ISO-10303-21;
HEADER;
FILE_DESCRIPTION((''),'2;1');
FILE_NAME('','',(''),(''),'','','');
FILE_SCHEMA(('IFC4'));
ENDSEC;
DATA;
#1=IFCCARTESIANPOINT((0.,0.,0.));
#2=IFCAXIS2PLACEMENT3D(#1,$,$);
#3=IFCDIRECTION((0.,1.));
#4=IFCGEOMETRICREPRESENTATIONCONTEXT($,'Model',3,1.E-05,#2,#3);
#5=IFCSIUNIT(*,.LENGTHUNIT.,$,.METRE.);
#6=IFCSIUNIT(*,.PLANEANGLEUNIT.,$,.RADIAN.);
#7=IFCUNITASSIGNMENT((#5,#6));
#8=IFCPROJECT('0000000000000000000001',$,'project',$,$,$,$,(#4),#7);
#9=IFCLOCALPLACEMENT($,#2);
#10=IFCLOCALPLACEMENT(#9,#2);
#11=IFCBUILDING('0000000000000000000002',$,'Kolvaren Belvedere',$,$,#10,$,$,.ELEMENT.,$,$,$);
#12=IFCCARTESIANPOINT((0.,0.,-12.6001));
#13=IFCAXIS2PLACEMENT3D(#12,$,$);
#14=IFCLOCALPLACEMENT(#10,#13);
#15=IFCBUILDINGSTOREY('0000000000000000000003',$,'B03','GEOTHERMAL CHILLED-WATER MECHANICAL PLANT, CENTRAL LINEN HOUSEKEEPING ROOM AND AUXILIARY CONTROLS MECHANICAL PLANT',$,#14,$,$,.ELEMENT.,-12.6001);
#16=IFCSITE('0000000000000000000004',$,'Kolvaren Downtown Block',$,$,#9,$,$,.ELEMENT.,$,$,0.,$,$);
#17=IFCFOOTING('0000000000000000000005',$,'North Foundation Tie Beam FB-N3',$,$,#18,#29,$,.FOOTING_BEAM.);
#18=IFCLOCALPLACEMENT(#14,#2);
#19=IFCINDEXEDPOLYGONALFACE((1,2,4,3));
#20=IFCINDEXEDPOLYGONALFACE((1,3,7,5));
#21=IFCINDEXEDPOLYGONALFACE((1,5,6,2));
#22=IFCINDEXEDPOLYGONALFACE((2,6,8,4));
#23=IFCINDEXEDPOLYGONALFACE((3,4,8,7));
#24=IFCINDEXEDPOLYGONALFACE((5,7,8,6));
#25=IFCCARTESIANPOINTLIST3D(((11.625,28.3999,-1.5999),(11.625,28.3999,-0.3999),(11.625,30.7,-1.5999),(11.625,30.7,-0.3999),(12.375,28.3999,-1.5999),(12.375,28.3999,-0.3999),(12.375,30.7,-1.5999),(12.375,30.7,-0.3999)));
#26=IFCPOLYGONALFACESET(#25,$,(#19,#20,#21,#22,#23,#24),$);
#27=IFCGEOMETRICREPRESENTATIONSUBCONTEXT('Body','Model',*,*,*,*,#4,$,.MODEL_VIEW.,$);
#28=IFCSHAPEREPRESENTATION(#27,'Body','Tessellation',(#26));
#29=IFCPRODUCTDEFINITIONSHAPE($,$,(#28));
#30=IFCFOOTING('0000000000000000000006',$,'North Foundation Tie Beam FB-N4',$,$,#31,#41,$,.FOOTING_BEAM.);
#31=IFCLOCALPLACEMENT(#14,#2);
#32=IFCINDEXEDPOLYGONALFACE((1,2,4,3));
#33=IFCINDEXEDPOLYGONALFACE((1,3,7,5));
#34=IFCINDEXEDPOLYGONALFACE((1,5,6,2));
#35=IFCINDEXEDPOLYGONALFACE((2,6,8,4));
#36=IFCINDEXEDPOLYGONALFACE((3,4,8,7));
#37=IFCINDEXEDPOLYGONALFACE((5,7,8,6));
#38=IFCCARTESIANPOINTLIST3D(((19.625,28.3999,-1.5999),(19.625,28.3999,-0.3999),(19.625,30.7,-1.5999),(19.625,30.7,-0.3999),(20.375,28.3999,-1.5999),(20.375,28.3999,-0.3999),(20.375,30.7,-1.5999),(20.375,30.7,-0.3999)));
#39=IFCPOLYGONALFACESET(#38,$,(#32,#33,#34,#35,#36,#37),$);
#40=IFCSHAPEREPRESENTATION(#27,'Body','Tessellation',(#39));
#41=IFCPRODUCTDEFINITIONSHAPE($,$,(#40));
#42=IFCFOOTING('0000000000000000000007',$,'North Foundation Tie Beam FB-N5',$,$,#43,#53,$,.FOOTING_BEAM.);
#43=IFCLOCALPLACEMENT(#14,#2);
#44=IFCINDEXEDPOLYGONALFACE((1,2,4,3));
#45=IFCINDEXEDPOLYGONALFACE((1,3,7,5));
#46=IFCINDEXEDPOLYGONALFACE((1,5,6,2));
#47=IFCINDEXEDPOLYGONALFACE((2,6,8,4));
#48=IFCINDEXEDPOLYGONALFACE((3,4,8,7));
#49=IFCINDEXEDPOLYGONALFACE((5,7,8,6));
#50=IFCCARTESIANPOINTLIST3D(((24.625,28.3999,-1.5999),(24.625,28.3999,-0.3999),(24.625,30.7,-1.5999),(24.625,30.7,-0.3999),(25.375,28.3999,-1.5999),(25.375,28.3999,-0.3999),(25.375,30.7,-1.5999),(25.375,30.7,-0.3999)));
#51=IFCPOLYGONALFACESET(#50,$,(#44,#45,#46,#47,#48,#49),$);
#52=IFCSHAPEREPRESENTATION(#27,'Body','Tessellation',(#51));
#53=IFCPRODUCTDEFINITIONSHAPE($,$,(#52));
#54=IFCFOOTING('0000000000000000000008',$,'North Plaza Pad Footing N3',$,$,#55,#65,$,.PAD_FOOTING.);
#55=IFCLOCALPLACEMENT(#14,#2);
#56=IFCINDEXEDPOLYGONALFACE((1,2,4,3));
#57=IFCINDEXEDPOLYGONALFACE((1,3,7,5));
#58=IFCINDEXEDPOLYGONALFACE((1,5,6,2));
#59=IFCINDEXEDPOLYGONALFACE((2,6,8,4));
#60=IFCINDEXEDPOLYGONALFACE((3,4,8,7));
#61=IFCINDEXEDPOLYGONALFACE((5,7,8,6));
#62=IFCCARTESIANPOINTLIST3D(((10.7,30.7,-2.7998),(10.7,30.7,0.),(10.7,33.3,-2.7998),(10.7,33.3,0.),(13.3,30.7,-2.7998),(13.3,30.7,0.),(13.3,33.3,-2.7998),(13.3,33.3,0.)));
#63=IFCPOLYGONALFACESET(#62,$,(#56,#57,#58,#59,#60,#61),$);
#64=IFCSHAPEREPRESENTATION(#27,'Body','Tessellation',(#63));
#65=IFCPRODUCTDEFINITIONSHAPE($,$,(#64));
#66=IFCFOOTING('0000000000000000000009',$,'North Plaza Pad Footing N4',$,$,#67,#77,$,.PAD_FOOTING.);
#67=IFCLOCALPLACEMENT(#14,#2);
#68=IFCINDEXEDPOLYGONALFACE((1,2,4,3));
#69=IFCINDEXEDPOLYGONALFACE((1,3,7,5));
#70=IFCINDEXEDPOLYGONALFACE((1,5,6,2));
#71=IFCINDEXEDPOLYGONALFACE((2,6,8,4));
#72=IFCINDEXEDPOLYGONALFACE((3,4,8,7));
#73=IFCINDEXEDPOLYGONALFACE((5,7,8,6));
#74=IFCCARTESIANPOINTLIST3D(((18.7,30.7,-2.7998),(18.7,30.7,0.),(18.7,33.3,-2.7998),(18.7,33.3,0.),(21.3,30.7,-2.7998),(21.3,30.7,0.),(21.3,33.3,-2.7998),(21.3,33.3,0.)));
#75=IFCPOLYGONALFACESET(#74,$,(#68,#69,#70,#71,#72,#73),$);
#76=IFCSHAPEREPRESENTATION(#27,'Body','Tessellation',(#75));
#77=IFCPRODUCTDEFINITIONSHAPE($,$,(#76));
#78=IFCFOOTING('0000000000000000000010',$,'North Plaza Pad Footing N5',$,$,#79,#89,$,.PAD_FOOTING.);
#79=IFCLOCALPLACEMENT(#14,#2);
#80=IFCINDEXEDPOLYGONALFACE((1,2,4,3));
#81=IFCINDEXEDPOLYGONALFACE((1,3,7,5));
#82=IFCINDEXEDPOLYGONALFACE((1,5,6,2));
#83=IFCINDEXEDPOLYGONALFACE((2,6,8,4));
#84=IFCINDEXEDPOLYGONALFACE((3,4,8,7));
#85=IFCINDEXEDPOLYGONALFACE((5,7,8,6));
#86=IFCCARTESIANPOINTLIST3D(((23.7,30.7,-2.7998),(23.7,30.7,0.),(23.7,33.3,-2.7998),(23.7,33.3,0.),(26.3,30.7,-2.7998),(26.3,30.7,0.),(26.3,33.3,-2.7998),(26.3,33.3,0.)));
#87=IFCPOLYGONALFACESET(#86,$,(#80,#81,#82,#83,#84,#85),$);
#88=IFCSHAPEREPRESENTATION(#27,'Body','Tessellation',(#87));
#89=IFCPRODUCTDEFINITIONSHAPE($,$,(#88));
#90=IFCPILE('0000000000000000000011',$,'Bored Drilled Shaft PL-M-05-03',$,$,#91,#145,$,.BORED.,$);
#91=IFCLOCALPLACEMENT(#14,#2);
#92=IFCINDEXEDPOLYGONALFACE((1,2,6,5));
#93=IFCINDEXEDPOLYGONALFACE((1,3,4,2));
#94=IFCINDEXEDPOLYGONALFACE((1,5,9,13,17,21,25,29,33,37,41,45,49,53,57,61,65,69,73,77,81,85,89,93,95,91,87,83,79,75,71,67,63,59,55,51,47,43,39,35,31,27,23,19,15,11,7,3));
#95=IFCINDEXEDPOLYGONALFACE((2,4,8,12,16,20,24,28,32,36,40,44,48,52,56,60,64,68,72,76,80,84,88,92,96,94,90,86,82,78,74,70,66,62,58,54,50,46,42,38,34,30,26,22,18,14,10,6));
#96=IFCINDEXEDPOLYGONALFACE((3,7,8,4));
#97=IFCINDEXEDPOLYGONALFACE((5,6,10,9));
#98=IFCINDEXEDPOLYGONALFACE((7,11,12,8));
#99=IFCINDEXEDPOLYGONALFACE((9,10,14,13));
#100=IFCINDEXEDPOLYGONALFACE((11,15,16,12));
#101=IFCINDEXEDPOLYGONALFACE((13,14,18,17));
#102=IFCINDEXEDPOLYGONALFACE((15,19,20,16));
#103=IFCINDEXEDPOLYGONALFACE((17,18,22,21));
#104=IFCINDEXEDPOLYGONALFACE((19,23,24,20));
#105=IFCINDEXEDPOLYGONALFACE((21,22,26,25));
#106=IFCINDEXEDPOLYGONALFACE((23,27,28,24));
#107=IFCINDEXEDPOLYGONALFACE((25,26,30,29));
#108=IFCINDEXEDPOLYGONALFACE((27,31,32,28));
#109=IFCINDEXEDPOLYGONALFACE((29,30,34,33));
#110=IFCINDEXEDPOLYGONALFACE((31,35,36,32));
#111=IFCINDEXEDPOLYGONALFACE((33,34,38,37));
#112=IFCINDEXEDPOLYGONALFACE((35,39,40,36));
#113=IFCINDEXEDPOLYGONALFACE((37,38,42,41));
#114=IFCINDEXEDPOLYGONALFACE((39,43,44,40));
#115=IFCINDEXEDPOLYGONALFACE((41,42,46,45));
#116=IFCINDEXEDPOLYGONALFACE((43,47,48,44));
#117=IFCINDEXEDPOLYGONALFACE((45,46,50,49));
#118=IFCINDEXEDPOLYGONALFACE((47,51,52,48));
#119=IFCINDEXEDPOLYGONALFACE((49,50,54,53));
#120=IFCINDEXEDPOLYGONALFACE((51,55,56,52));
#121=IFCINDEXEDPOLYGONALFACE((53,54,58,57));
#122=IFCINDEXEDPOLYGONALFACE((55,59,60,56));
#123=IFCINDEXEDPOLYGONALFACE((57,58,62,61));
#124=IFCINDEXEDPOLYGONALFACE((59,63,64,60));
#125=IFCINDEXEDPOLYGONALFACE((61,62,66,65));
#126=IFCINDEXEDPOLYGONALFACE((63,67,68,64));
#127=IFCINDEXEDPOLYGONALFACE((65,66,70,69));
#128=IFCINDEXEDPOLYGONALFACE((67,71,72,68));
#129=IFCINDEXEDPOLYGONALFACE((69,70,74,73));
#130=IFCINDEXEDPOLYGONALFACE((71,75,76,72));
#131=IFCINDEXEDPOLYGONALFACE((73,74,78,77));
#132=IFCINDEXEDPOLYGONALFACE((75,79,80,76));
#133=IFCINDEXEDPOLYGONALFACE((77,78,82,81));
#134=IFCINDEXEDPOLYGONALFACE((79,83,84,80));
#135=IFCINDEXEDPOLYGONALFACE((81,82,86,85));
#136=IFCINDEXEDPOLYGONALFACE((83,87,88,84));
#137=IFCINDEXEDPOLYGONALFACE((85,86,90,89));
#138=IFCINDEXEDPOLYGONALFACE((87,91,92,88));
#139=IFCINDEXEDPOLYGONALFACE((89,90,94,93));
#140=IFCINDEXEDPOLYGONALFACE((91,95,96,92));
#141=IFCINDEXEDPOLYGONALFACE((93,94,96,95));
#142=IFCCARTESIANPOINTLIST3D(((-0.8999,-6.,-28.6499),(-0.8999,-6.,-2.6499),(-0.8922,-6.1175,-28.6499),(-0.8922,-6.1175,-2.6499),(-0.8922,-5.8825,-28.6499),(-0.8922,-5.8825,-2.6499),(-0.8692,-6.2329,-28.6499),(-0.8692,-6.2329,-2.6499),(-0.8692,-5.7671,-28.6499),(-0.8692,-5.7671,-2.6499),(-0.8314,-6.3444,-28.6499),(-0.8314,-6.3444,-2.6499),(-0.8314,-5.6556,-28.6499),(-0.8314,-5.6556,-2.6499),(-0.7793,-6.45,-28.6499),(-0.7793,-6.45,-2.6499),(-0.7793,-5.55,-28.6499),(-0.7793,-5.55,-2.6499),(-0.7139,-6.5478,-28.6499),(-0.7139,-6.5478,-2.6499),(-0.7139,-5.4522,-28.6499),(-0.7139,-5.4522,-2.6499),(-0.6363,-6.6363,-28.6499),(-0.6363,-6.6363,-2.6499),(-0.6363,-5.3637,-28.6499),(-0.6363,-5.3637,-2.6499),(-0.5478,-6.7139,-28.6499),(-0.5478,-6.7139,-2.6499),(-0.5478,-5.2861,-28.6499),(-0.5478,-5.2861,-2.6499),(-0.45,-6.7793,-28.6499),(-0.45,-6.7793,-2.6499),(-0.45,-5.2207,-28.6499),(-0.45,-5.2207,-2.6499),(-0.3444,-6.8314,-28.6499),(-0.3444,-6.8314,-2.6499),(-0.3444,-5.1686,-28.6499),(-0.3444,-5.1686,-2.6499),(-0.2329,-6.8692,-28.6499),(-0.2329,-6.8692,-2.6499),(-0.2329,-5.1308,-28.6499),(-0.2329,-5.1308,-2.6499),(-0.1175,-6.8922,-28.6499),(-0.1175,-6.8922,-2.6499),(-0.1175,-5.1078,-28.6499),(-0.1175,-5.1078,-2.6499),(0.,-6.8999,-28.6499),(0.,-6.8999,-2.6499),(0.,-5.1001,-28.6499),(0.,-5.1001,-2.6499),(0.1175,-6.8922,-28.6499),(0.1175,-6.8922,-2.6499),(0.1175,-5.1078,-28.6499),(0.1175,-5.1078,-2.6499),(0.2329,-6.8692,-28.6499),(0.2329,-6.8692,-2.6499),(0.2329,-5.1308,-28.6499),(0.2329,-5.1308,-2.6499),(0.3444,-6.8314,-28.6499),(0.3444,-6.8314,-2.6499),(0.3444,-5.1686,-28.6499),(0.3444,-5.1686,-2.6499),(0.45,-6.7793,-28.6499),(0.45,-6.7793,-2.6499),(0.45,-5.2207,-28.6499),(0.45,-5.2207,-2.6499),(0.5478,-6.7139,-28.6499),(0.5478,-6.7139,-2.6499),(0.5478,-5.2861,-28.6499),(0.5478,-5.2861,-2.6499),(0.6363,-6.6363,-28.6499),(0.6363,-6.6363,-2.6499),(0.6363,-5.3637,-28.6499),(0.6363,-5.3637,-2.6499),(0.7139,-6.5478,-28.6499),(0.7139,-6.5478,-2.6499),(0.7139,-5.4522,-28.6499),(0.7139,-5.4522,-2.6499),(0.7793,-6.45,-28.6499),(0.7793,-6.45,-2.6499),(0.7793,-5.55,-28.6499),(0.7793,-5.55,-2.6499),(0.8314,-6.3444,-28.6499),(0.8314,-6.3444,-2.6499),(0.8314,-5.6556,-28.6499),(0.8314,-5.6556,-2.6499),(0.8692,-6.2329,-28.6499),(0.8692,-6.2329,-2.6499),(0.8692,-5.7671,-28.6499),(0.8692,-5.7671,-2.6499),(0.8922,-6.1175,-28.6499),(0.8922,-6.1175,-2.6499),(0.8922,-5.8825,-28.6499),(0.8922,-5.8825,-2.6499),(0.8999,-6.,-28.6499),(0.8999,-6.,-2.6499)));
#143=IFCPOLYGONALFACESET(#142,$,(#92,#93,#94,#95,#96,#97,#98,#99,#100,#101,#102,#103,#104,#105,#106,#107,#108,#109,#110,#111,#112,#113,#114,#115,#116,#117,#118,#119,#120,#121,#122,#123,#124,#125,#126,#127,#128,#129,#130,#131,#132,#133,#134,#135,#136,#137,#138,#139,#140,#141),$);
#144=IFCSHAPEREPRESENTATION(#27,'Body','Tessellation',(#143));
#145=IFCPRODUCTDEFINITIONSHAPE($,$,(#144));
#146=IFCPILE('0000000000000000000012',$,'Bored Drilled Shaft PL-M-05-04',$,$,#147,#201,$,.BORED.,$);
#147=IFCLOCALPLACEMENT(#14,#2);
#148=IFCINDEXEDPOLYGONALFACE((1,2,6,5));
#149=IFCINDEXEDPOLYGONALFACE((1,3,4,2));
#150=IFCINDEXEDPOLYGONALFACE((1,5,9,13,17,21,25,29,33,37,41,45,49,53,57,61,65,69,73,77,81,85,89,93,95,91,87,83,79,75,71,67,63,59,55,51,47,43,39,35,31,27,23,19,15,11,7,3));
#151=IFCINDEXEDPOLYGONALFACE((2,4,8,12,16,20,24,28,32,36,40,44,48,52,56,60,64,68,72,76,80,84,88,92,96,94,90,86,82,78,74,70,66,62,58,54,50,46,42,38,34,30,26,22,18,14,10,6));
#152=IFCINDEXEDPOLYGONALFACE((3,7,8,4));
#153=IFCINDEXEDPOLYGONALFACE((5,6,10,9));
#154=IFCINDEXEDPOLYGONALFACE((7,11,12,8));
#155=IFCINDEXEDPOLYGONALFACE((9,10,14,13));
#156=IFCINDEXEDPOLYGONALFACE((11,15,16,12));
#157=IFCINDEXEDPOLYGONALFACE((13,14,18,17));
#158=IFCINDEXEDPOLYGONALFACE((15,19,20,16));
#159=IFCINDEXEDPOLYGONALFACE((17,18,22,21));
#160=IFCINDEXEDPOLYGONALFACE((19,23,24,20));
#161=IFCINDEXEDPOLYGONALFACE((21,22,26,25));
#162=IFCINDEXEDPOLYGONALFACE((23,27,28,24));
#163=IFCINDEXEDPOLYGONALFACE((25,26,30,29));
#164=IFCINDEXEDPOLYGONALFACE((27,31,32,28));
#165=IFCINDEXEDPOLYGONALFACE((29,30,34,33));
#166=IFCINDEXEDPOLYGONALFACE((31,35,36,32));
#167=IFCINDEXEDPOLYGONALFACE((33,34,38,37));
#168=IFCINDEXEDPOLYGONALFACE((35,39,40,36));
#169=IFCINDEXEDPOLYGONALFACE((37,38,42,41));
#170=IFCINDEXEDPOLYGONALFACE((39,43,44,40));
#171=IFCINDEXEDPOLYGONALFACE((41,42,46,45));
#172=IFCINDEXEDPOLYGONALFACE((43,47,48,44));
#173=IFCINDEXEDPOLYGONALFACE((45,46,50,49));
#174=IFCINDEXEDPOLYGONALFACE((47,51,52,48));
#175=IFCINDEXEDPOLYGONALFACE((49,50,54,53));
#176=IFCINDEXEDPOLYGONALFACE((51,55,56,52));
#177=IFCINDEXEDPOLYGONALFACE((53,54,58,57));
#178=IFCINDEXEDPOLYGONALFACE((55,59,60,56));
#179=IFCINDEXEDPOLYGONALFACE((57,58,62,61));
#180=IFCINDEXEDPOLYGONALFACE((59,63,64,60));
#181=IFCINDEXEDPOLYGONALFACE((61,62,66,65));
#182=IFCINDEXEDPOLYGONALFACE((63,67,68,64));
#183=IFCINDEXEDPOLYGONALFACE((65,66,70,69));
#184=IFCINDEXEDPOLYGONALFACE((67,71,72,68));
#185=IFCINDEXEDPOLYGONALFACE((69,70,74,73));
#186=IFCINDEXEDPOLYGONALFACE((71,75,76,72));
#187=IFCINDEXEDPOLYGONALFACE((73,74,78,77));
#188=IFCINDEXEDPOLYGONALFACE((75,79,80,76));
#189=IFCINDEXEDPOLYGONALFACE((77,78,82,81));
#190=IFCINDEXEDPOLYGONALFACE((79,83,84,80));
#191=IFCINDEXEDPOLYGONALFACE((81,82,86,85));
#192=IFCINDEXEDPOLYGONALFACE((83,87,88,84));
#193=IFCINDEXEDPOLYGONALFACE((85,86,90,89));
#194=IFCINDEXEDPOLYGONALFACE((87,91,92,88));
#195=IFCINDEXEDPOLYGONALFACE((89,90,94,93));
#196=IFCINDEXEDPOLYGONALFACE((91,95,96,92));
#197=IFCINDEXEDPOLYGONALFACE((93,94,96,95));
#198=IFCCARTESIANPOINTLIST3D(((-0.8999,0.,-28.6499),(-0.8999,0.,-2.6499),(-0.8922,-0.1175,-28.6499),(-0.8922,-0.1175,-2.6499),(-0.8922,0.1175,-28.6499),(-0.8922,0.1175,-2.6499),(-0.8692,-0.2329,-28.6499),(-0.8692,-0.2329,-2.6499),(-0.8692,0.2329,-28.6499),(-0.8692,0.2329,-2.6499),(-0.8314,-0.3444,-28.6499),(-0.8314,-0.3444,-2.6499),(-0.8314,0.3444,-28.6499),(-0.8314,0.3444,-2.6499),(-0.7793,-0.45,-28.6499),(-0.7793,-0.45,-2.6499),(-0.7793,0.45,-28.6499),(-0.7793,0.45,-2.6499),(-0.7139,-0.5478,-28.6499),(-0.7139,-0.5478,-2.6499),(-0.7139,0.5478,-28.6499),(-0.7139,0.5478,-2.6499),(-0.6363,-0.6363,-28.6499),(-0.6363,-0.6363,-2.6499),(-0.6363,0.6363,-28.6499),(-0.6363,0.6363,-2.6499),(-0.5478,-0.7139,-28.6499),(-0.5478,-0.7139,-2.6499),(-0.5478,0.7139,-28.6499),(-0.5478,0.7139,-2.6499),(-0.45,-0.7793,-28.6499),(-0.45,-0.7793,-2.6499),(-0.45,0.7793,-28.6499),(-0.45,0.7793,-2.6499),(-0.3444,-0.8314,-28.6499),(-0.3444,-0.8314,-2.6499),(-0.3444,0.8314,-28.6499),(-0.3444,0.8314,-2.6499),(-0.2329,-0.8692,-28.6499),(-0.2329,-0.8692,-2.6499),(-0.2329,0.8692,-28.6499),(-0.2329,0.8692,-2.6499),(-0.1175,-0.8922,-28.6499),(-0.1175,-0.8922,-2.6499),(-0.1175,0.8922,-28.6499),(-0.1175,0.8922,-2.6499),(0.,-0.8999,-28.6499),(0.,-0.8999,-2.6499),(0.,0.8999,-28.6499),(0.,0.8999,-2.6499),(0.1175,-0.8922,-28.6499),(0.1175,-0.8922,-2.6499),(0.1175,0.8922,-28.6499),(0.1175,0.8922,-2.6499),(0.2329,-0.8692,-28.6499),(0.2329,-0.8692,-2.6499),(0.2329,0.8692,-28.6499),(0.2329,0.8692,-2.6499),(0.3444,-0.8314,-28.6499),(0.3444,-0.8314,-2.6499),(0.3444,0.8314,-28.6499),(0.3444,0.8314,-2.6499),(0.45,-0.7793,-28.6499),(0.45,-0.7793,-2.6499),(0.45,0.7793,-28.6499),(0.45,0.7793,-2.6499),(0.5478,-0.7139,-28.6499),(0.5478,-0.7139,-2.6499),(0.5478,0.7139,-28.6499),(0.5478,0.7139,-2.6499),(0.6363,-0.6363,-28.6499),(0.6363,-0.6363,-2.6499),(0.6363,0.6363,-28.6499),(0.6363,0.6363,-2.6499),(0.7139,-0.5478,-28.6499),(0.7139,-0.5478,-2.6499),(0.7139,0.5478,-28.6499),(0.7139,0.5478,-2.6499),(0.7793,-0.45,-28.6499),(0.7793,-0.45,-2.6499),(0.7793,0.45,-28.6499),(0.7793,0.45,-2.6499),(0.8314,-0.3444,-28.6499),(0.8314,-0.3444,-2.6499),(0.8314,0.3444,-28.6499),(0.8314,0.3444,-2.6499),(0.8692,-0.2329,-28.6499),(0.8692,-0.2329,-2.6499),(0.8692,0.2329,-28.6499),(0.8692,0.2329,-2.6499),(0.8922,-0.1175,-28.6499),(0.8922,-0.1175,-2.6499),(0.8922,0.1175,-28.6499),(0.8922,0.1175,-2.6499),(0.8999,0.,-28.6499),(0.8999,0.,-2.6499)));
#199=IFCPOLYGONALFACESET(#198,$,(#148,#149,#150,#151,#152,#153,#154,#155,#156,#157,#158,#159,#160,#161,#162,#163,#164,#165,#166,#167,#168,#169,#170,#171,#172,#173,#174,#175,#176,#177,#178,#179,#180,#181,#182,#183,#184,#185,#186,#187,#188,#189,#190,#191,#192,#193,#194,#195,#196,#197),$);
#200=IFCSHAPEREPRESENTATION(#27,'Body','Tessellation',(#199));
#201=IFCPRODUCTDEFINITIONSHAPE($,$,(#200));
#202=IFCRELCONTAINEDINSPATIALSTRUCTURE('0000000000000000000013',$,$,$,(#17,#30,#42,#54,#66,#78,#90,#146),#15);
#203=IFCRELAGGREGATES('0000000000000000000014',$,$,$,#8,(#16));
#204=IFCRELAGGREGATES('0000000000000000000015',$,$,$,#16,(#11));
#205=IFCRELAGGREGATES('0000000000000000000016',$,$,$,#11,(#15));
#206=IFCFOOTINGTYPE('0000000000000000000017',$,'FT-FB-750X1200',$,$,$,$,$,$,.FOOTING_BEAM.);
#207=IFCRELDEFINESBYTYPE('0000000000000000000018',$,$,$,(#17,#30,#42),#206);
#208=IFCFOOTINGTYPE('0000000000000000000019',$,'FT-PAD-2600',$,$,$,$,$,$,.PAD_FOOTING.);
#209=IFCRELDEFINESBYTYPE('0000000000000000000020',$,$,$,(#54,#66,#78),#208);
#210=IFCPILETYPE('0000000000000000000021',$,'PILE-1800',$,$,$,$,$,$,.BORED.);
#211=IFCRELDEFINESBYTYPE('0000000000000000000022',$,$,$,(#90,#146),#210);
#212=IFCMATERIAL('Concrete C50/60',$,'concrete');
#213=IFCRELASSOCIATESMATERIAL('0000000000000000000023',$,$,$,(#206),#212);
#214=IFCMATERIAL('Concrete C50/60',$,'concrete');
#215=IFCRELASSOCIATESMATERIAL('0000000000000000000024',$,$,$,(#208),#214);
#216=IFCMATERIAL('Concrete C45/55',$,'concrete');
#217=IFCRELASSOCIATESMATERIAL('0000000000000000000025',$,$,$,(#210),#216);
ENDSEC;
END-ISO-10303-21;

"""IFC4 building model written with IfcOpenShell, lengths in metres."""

from ifc_helpers import new_model, si_unit, direction, frame, origin, origin_2d, place, context, subcontext, project, spatial, polyline, circle, outline, extrude, material, material_profile, profile_set, type_object, element, save


model = new_model("IFC4")

# Units and contexts
model_context = context("Model", 3, precision=1e-05, world=origin(), true_north=direction((0.0, 1.0)))
body_context = subcontext(model_context, "Body", "Model", "MODEL_VIEW")
ifc_project = project(units=[si_unit("LENGTHUNIT", "METRE"), si_unit("PLANEANGLEUNIT", "RADIAN")], contexts=[model_context])

# Site, building, storey
site_placement = place(None, origin())
site = spatial("IfcSite", under=ifc_project, at=site_placement, Name="Kolvaren Downtown Block", CompositionType="ELEMENT", RefElevation=0.0)
building_placement = place(site_placement, origin())
building = spatial("IfcBuilding", under=site, at=building_placement, Name="Kolvaren Belvedere", CompositionType="ELEMENT")
storey_placement = place(building_placement, frame((0.0, 0.0, -12.6001)))
storey = spatial("IfcBuildingStorey", under=building, at=storey_placement, Name="B03", Description="GEOTHERMAL CHILLED-WATER MECHANICAL PLANT, CENTRAL LINEN HOUSEKEEPING ROOM AND AUXILIARY CONTROLS MECHANICAL PLANT", CompositionType="ELEMENT", Elevation=-12.6001)

# Footings
ifc_material_1 = material(Name="Concrete C50/60", Category="concrete")
footing_type_1 = type_object("IfcFootingType", Name="FT-FB-750X1200", PredefinedType="FOOTING_BEAM", material=ifc_material_1)
footing_1_placement = place(storey_placement, frame((0.0, 0.0, -1.5999)))
element("IfcFooting", 1, at=footing_1_placement, inside=storey, type_object=footing_type_1, Name="North Foundation Tie Beam FB-N3", PredefinedType="FOOTING_BEAM", context=body_context, shape_type="SweptSolid", body=[
    extrude(outline(polyline([(11.625, 28.3999), (12.375, 28.3999), (12.375, 30.7), (11.625, 30.7), (11.625, 28.3999)])), origin(), (0.0, 0.0, 1.0), 1.2),
])
footing_2_placement = place(storey_placement, frame((0.0, 0.0, -1.5999)))
element("IfcFooting", 2, at=footing_2_placement, inside=storey, type_object=footing_type_1, Name="North Foundation Tie Beam FB-N4", PredefinedType="FOOTING_BEAM", context=body_context, shape_type="SweptSolid", body=[
    extrude(outline(polyline([(19.625, 28.3999), (20.375, 28.3999), (20.375, 30.7), (19.625, 30.7), (19.625, 28.3999)])), origin(), (0.0, 0.0, 1.0), 1.2),
])
footing_3_placement = place(storey_placement, frame((0.0, 0.0, -1.5999)))
element("IfcFooting", 3, at=footing_3_placement, inside=storey, type_object=footing_type_1, Name="North Foundation Tie Beam FB-N5", PredefinedType="FOOTING_BEAM", context=body_context, shape_type="SweptSolid", body=[
    extrude(outline(polyline([(24.625, 28.3999), (25.375, 28.3999), (25.375, 30.7), (24.625, 30.7), (24.625, 28.3999)])), origin(), (0.0, 0.0, 1.0), 1.2),
])
ifc_material_2 = material(Name="Concrete C50/60", Category="concrete")
footing_type_2 = type_object("IfcFootingType", Name="FT-PAD-2600", PredefinedType="PAD_FOOTING", material=ifc_material_2)
footing_4_placement = place(storey_placement, frame((0.0, 0.0, -2.7998)))
element("IfcFooting", 4, at=footing_4_placement, inside=storey, type_object=footing_type_2, Name="North Plaza Pad Footing N3", PredefinedType="PAD_FOOTING", context=body_context, shape_type="SweptSolid", body=[
    extrude(outline(polyline([(10.7, 30.7), (13.3, 30.7), (13.3, 33.3), (10.7, 33.3), (10.7, 30.7)])), origin(), (0.0, 0.0, 1.0), 2.7998),
])
footing_5_placement = place(storey_placement, frame((0.0, 0.0, -2.7998)))
element("IfcFooting", 5, at=footing_5_placement, inside=storey, type_object=footing_type_2, Name="North Plaza Pad Footing N4", PredefinedType="PAD_FOOTING", context=body_context, shape_type="SweptSolid", body=[
    extrude(outline(polyline([(18.7, 30.7), (21.3, 30.7), (21.3, 33.3), (18.7, 33.3), (18.7, 30.7)])), origin(), (0.0, 0.0, 1.0), 2.7998),
])
footing_6_placement = place(storey_placement, frame((0.0, 0.0, -2.7998)))
element("IfcFooting", 6, at=footing_6_placement, inside=storey, type_object=footing_type_2, Name="North Plaza Pad Footing N5", PredefinedType="PAD_FOOTING", context=body_context, shape_type="SweptSolid", body=[
    extrude(outline(polyline([(23.7, 30.7), (26.3, 30.7), (26.3, 33.3), (23.7, 33.3), (23.7, 30.7)])), origin(), (0.0, 0.0, 1.0), 2.7998),
])

# Piles
ifc_material_3 = material(Name="Concrete C45/55", Category="concrete")
ifc_material_profile = material_profile(ifc_material_3, circle(Radius=0.8999, at=origin_2d()), Name="BORED PILE D1800")
ifc_profile_set = profile_set([ifc_material_profile], Name="Concrete C45/55")
pile_type = type_object("IfcPileType", Name="PILE-1800", PredefinedType="BORED", material=ifc_profile_set)
for number, where, z_axis, x_axis, name in (
    (7, (0.0, -6.0, -2.6499), (0.0, 0.0, -1.0), (1.0, 0.0, 0.0), "Bored Drilled Shaft PL-M-05-03"),
    (8, (0.0, 0.0, -2.6499), (0.0, 0.0, -1.0), (1.0, 0.0, 0.0), "Bored Drilled Shaft PL-M-05-04"),
):
    element("IfcPile", number, at=place(storey_placement, frame(where, z_axis=z_axis, x_axis=x_axis)), inside=storey, type_object=pile_type, Name=name, PredefinedType="BORED", context=body_context, shape_type="SweptSolid", body=[
        extrude(circle(Radius=0.8999, at=origin_2d()), origin(), (0.0, 0.0, 1.0), 26.0),
    ])

save(model, "model.ifc")
